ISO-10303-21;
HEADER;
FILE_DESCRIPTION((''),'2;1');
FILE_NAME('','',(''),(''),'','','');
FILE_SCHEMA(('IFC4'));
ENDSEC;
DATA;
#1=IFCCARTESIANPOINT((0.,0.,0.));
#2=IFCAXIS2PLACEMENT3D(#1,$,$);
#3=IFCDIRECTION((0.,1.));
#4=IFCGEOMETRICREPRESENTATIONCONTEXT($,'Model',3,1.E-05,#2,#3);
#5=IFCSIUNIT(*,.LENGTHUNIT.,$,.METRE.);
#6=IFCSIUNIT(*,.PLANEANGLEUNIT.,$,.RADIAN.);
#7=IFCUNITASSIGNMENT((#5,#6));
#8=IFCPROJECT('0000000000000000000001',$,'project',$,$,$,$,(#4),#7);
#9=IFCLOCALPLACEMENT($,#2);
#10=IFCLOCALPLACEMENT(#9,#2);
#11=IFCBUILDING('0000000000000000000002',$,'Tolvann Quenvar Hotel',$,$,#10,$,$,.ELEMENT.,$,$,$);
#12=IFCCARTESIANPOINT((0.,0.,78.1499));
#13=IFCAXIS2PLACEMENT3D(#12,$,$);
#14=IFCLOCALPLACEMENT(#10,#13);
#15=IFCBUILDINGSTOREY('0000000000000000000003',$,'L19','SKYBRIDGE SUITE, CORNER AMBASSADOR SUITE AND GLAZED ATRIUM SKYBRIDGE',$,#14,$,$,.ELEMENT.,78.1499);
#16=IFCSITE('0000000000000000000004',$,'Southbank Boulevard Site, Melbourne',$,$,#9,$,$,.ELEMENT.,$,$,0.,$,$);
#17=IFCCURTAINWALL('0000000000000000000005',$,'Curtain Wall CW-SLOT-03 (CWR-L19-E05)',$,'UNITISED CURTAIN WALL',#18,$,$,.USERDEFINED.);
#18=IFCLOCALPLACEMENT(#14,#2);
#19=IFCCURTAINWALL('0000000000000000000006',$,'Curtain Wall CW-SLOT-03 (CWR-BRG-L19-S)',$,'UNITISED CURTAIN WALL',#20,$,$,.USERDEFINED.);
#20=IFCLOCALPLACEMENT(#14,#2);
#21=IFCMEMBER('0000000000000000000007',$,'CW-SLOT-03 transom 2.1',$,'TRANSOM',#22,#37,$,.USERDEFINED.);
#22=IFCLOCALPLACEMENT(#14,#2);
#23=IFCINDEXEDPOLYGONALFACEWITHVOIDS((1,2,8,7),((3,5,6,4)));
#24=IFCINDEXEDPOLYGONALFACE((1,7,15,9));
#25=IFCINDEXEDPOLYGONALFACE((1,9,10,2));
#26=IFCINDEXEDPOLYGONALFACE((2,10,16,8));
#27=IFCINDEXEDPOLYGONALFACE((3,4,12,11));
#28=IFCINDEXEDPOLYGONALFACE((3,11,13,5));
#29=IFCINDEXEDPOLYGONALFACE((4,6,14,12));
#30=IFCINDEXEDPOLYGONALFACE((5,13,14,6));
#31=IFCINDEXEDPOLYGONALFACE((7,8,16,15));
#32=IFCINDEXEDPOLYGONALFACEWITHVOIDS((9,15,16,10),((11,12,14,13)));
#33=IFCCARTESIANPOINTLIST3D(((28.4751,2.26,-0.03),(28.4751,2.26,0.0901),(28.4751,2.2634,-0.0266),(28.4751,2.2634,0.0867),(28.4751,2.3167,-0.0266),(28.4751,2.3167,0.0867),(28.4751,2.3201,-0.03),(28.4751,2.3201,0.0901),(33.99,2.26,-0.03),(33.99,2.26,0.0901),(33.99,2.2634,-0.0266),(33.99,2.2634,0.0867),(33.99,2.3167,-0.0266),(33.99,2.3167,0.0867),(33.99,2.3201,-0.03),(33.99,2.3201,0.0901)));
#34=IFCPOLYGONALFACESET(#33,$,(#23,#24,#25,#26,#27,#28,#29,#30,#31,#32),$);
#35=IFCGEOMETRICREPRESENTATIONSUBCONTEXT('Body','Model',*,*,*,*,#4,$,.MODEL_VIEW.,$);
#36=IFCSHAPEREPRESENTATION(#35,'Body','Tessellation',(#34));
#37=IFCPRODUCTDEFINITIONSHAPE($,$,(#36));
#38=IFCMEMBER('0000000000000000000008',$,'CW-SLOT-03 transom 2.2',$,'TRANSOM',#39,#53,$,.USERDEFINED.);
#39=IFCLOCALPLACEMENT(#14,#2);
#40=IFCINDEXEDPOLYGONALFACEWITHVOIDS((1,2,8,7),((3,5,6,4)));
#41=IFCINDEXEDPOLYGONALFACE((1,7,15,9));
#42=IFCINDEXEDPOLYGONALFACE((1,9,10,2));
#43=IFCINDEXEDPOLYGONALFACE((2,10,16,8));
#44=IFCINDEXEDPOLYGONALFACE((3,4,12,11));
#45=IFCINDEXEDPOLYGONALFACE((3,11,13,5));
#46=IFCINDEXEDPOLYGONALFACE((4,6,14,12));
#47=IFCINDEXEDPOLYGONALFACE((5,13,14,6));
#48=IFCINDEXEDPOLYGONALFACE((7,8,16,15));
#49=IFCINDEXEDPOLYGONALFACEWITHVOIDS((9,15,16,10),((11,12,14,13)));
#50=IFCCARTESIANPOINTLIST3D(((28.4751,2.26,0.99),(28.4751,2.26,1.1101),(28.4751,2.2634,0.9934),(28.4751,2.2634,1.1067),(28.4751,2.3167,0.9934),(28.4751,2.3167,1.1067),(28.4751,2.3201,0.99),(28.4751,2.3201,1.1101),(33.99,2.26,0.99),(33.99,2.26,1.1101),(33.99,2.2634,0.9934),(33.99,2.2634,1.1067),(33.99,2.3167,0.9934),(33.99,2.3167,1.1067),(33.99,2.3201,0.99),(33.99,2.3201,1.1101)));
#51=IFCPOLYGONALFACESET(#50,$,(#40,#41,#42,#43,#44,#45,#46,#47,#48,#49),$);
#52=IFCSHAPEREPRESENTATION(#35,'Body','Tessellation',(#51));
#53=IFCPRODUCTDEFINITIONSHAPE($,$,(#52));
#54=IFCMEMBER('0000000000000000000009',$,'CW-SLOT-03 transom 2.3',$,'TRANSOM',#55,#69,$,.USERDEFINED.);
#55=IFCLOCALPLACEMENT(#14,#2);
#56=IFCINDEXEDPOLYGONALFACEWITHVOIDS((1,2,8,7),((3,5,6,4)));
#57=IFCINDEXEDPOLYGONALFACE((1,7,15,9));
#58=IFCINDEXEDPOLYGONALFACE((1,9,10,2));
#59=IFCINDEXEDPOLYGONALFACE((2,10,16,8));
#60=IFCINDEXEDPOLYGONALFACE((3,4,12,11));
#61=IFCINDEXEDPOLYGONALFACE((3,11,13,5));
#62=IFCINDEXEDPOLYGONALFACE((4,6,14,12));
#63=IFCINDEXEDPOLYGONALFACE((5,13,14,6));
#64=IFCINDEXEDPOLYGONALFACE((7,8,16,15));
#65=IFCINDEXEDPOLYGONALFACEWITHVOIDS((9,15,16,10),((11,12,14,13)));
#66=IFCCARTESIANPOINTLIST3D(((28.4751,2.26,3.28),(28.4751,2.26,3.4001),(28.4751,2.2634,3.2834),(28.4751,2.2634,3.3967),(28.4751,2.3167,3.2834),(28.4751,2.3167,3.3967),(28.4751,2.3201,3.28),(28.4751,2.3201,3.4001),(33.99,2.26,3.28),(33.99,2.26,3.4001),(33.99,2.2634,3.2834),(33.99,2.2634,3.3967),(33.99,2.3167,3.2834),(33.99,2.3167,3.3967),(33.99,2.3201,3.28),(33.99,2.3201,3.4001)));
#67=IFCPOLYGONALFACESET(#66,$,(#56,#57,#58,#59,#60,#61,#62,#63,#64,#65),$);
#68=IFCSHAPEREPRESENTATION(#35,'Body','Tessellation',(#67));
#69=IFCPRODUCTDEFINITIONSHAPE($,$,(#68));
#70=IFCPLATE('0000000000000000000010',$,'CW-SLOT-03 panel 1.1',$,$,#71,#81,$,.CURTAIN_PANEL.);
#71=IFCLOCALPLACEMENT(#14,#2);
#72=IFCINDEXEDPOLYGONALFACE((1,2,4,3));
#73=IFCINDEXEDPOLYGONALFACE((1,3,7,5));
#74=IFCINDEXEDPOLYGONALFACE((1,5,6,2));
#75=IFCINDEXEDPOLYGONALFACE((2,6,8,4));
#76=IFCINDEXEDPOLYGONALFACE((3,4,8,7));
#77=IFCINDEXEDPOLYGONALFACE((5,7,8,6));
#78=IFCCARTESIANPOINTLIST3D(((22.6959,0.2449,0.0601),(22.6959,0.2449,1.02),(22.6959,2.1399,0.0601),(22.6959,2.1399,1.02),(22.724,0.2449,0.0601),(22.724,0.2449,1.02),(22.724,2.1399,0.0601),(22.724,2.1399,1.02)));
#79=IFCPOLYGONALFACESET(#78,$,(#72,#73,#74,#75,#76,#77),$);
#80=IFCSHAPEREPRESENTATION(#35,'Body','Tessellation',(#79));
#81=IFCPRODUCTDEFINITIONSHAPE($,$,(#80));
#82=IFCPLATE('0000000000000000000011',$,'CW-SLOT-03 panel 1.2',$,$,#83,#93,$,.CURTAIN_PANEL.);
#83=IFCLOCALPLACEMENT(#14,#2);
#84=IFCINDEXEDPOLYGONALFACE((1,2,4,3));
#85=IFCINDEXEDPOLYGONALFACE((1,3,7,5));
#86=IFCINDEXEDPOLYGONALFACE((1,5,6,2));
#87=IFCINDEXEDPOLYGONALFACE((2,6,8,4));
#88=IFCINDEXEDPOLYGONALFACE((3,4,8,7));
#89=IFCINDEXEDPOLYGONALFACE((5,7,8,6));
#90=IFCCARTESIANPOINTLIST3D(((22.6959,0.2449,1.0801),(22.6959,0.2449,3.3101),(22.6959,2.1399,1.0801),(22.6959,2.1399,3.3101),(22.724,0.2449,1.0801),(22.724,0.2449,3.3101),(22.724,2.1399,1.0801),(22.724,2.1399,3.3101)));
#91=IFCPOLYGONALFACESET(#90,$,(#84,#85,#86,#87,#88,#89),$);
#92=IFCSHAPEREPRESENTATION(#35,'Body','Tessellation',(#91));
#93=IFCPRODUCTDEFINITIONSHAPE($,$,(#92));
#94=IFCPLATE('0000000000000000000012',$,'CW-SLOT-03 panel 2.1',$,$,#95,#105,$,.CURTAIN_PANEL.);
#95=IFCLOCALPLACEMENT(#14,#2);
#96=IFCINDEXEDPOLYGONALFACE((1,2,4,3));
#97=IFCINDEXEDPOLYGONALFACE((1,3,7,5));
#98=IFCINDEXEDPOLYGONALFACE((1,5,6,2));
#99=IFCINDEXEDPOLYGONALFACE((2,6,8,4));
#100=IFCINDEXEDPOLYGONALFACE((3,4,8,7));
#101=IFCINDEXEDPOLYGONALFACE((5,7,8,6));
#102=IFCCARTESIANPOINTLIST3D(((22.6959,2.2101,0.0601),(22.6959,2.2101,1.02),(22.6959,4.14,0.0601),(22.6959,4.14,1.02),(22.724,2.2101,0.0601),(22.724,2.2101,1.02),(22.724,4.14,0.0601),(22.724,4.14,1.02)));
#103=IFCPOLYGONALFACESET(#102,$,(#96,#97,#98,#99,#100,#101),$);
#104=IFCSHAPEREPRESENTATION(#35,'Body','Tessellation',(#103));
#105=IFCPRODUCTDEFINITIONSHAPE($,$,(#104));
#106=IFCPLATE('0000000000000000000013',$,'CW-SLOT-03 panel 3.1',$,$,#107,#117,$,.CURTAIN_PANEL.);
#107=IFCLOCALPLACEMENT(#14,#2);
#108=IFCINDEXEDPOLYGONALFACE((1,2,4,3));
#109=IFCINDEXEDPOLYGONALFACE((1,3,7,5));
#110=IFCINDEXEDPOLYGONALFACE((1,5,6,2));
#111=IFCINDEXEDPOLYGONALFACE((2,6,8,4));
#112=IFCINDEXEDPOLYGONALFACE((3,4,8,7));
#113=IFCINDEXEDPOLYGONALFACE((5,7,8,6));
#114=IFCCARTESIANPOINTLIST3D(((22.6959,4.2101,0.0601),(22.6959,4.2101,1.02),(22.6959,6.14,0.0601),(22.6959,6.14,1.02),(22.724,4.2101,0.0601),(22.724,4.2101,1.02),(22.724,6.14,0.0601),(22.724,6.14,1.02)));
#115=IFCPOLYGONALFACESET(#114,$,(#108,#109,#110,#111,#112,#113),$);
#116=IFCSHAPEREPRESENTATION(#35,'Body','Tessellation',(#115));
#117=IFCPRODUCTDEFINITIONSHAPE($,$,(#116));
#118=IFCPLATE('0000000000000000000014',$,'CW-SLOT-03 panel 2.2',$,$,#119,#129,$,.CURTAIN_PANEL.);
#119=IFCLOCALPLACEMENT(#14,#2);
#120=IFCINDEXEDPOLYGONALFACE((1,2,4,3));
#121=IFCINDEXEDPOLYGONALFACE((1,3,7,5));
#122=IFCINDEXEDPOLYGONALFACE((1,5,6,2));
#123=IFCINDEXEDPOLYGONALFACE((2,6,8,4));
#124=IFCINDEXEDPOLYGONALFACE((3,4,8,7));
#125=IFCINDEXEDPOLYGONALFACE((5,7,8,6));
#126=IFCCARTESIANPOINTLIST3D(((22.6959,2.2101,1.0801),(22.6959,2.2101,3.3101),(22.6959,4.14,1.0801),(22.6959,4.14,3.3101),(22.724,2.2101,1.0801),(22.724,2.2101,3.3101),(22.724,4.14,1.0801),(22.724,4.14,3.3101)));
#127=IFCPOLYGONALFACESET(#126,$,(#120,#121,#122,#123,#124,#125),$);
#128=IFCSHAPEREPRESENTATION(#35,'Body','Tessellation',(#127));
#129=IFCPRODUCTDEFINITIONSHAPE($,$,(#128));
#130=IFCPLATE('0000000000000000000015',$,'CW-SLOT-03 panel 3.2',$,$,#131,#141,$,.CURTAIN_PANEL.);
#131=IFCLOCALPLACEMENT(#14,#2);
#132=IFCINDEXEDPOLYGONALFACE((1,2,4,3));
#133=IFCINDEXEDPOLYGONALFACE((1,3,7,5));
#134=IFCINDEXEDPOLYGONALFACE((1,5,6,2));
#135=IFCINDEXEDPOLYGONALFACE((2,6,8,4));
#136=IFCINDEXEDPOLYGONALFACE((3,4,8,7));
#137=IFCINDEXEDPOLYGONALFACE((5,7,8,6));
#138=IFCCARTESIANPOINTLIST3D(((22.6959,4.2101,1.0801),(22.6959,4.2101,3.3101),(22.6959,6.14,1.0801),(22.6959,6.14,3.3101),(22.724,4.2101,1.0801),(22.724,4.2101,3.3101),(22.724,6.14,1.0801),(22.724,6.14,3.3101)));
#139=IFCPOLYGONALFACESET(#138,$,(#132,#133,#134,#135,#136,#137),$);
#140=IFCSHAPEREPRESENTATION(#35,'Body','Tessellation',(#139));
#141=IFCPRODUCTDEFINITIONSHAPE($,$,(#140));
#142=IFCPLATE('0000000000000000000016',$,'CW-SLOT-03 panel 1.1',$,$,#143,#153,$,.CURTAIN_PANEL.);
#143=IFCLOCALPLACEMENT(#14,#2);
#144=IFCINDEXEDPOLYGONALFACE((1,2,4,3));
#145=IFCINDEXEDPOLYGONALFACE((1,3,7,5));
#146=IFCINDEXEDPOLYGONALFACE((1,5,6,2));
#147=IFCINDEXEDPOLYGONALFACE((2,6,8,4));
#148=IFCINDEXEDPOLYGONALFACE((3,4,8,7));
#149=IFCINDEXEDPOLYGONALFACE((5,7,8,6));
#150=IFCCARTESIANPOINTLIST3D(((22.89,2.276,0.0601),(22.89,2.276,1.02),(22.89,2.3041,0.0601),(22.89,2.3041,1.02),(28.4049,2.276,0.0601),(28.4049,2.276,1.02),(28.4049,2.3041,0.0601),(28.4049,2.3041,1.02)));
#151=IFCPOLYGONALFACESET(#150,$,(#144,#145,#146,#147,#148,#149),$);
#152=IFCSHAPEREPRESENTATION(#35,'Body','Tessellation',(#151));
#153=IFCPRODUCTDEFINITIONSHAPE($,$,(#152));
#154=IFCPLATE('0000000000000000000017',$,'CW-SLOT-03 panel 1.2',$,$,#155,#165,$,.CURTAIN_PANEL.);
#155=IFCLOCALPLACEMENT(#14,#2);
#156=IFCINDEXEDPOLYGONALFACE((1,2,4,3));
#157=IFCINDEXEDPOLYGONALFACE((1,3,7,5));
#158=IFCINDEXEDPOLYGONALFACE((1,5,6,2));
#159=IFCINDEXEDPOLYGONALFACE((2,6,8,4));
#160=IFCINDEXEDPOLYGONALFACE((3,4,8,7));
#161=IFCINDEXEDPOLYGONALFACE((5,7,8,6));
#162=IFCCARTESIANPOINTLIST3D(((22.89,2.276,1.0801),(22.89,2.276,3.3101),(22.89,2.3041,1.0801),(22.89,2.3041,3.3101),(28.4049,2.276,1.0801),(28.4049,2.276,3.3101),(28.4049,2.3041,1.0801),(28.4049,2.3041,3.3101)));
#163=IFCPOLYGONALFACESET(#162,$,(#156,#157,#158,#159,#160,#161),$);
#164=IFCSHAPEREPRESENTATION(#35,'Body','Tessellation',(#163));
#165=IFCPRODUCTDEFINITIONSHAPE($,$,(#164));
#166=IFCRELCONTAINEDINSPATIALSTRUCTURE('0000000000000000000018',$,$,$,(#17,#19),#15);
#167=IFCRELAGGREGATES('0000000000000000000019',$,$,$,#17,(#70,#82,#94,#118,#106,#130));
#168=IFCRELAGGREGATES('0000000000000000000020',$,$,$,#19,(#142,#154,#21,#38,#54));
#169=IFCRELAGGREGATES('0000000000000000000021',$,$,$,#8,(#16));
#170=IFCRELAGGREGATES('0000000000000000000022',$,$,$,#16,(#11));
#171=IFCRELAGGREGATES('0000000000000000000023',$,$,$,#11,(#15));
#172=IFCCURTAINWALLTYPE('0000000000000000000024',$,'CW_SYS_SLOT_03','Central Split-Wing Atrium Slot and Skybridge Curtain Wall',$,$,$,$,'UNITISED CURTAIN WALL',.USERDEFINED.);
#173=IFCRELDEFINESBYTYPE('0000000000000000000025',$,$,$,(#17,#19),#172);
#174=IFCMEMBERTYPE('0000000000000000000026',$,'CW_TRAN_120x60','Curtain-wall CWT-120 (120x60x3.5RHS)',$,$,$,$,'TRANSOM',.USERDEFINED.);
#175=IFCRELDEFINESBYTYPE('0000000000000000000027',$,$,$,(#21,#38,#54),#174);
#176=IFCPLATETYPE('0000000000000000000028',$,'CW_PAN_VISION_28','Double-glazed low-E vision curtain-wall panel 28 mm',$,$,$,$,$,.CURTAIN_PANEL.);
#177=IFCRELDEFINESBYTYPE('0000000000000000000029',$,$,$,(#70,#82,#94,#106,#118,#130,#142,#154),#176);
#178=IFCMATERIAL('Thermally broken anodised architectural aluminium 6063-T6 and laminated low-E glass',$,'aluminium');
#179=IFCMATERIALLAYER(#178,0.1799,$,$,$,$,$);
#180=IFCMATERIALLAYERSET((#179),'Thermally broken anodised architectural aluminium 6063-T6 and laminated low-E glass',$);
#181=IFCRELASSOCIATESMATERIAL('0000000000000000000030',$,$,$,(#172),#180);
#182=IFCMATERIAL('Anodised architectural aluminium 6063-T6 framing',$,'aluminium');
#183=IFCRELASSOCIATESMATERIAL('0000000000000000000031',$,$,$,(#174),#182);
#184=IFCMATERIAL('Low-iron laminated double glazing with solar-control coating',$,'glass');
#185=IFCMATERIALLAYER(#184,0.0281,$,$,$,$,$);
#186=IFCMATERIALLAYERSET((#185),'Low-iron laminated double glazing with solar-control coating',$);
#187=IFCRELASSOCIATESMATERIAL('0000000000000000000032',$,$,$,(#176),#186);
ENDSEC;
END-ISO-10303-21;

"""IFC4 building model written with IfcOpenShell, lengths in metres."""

from ifc_helpers import new_model, si_unit, direction, frame, origin, origin_2d, place, context, subcontext, project, spatial, rectangle, hollow_rectangle, extrude, source, transform, mapped, material, layer, layer_set, material_profile, profile_set, type_object, type_shapes, element, aggregate, save


model = new_model("IFC4")

# Units and contexts
model_context = context("Model", 3, precision=1e-05, world=origin(), true_north=direction((0.0, 1.0)))
body_context = subcontext(model_context, "Body", "Model", "MODEL_VIEW")
ifc_project = project(units=[si_unit("LENGTHUNIT", "METRE"), si_unit("PLANEANGLEUNIT", "RADIAN")], contexts=[model_context])

# Site, building, storey
site_placement = place(None, origin())
site = spatial("IfcSite", under=ifc_project, at=site_placement, Name="Southbank Boulevard Site, Melbourne", CompositionType="ELEMENT", RefElevation=0.0)
building_placement = place(site_placement, origin())
building = spatial("IfcBuilding", under=site, at=building_placement, Name="Tolvann Quenvar Hotel", CompositionType="ELEMENT")
storey_placement = place(building_placement, frame((0.0, 0.0, 78.1499)))
storey = spatial("IfcBuildingStorey", under=building, at=storey_placement, Name="L19", Description="SKYBRIDGE SUITE, CORNER AMBASSADOR SUITE AND GLAZED ATRIUM SKYBRIDGE", CompositionType="ELEMENT", Elevation=78.1499)

# Curtain walls
ifc_material_1 = material(Name="Thermally broken anodised architectural aluminium 6063-T6 and laminated low-E glass", Category="aluminium")
ifc_layer_1 = layer(ifc_material_1, 0.1799)
ifc_layer_set_1 = layer_set([ifc_layer_1], Name="Thermally broken anodised architectural aluminium 6063-T6 and laminated low-E glass")
curtain_wall_type = type_object("IfcCurtainWallType", Name="CW_SYS_SLOT_03", Description="Central Split-Wing Atrium Slot and Skybridge Curtain Wall", ElementType="UNITISED CURTAIN WALL", PredefinedType="USERDEFINED", material=ifc_layer_set_1)
curtain_wall_1_placement = place(storey_placement, origin())
curtain_wall_1 = element("IfcCurtainWall", 1, at=curtain_wall_1_placement, inside=storey, type_object=curtain_wall_type, Name="Curtain Wall CW-SLOT-03 (CWR-L19-E05)", ObjectType="UNITISED CURTAIN WALL", PredefinedType="USERDEFINED")
ifc_material_2 = material(Name="Anodised architectural aluminium 6063-T6 framing", Category="aluminium")
curtain_wall_2_placement = place(storey_placement, origin())
curtain_wall_2 = element("IfcCurtainWall", 2, at=curtain_wall_2_placement, inside=storey, type_object=curtain_wall_type, Name="Curtain Wall CW-SLOT-03 (CWR-BRG-L19-S)", ObjectType="UNITISED CURTAIN WALL", PredefinedType="USERDEFINED")

# Members
ifc_material_profile_1 = material_profile(ifc_material_2, hollow_rectangle(XDim=0.0601, YDim=0.1201, WallThickness=0.0034, at=origin_2d()), Name="120x60x3.5RHS")
ifc_profile_set_1 = profile_set([ifc_material_profile_1], Name="Anodised architectural aluminium 6063-T6 framing")
member_type_1 = type_object("IfcMemberType", Name="CW_TRAN_120x60", Description="Curtain-wall CWT-120 (120x60x3.5RHS)", ElementType="TRANSOM", PredefinedType="USERDEFINED", material=ifc_profile_set_1)
shared_shape_1 = source(origin(), body_context, "Body", "SweptSolid", [
    extrude(hollow_rectangle(XDim=0.0601, YDim=0.1201, WallThickness=0.0034, at=origin_2d()), origin(), (0.0, 0.0, 1.0), 5.5149),
])
member_1_placement = place(storey_placement, frame((28.4751, 2.29, 0.03), z_axis=(1.0, 0.0, 0.0), x_axis=(0.0, 1.0, 0.0)))
member_1 = element("IfcMember", 3, at=member_1_placement, type_object=member_type_1, Name="CW-SLOT-03 transom 2.1", ObjectType="TRANSOM", PredefinedType="USERDEFINED", context=body_context, shape_type="MappedRepresentation", body=[
    mapped(shared_shape_1, transform((0.0, 0.0, 0.0), x_axis=(1.0, 0.0, 0.0), y_axis=(0.0, 1.0, 0.0), z_axis=(0.0, 0.0, 1.0), scale=1.0)),
])
member_2_placement = place(storey_placement, frame((28.4751, 2.29, 1.05), z_axis=(1.0, 0.0, 0.0), x_axis=(0.0, 1.0, 0.0)))
member_2 = element("IfcMember", 4, at=member_2_placement, type_object=member_type_1, Name="CW-SLOT-03 transom 2.2", ObjectType="TRANSOM", PredefinedType="USERDEFINED", context=body_context, shape_type="MappedRepresentation", body=[
    mapped(shared_shape_1, transform((0.0, 0.0, 0.0), x_axis=(1.0, 0.0, 0.0), y_axis=(0.0, 1.0, 0.0), z_axis=(0.0, 0.0, 1.0), scale=1.0)),
])
member_3_placement = place(storey_placement, frame((28.4751, 2.29, 3.3401), z_axis=(1.0, 0.0, 0.0), x_axis=(0.0, 1.0, 0.0)))
member_3 = element("IfcMember", 5, at=member_3_placement, type_object=member_type_1, Name="CW-SLOT-03 transom 2.3", ObjectType="TRANSOM", PredefinedType="USERDEFINED", context=body_context, shape_type="MappedRepresentation", body=[
    mapped(shared_shape_1, transform((0.0, 0.0, 0.0), x_axis=(1.0, 0.0, 0.0), y_axis=(0.0, 1.0, 0.0), z_axis=(0.0, 0.0, 1.0), scale=1.0)),
])

# Plates
ifc_material_3 = material(Name="Low-iron laminated double glazing with solar-control coating", Category="glass")
ifc_layer_2 = layer(ifc_material_3, 0.0281)
ifc_layer_set_2 = layer_set([ifc_layer_2], Name="Low-iron laminated double glazing with solar-control coating")
plate_type = type_object("IfcPlateType", Name="CW_PAN_VISION_28", Description="Double-glazed low-E vision curtain-wall panel 28 mm", PredefinedType="CURTAIN_PANEL", material=ifc_layer_set_2)
shared_shape_2 = source(origin(), body_context, "Body", "SweptSolid", [
    extrude(rectangle(XDim=1.895, YDim=0.0281, at=origin_2d()), origin(), (0.0, 0.0, 1.0), 0.96),
])
plate_1_placement = place(storey_placement, frame((22.71, 1.1924, 0.0601), z_axis=(0.0, 0.0, 1.0), x_axis=(0.0, 1.0, 0.0)))
plate_1 = element("IfcPlate", 6, at=plate_1_placement, type_object=plate_type, Name="CW-SLOT-03 panel 1.1", PredefinedType="CURTAIN_PANEL", context=body_context, shape_type="MappedRepresentation", body=[
    mapped(shared_shape_2, transform((0.0, 0.0, 0.0), x_axis=(1.0, 0.0, 0.0), y_axis=(0.0, 1.0, 0.0), z_axis=(0.0, 0.0, 1.0), scale=1.0)),
])
shared_shape_3 = source(origin(), body_context, "Body", "SweptSolid", [
    extrude(rectangle(XDim=1.895, YDim=0.0281, at=origin_2d()), origin(), (0.0, 0.0, 1.0), 2.23),
])
plate_2_placement = place(storey_placement, frame((22.71, 1.1924, 1.0801), z_axis=(0.0, 0.0, 1.0), x_axis=(0.0, 1.0, 0.0)))
plate_2 = element("IfcPlate", 7, at=plate_2_placement, type_object=plate_type, Name="CW-SLOT-03 panel 1.2", PredefinedType="CURTAIN_PANEL", context=body_context, shape_type="MappedRepresentation", body=[
    mapped(shared_shape_3, transform((0.0, 0.0, 0.0), x_axis=(1.0, 0.0, 0.0), y_axis=(0.0, 1.0, 0.0), z_axis=(0.0, 0.0, 1.0), scale=1.0)),
])
shared_shape_4 = source(origin(), body_context, "Body", "SweptSolid", [
    extrude(rectangle(XDim=1.9299, YDim=0.0281, at=origin_2d()), origin(), (0.0, 0.0, 1.0), 0.96),
])
plate_3_placement = place(storey_placement, frame((22.71, 3.175, 0.0601), z_axis=(0.0, 0.0, 1.0), x_axis=(0.0, 1.0, 0.0)))
plate_3 = element("IfcPlate", 8, at=plate_3_placement, type_object=plate_type, Name="CW-SLOT-03 panel 2.1", PredefinedType="CURTAIN_PANEL", context=body_context, shape_type="MappedRepresentation", body=[
    mapped(shared_shape_4, transform((0.0, 0.0, 0.0), x_axis=(1.0, 0.0, 0.0), y_axis=(0.0, 1.0, 0.0), z_axis=(0.0, 0.0, 1.0), scale=1.0)),
])
plate_4_placement = place(storey_placement, frame((22.71, 5.175, 0.0601), z_axis=(0.0, 0.0, 1.0), x_axis=(0.0, 1.0, 0.0)))
plate_4 = element("IfcPlate", 9, at=plate_4_placement, type_object=plate_type, Name="CW-SLOT-03 panel 3.1", PredefinedType="CURTAIN_PANEL", context=body_context, shape_type="MappedRepresentation", body=[
    mapped(shared_shape_4, transform((0.0, 0.0, 0.0), x_axis=(1.0, 0.0, 0.0), y_axis=(0.0, 1.0, 0.0), z_axis=(0.0, 0.0, 1.0), scale=1.0)),
])
shared_shape_5 = source(origin(), body_context, "Body", "SweptSolid", [
    extrude(rectangle(XDim=1.9299, YDim=0.0281, at=origin_2d()), origin(), (0.0, 0.0, 1.0), 2.23),
])
plate_5_placement = place(storey_placement, frame((22.71, 3.175, 1.0801), z_axis=(0.0, 0.0, 1.0), x_axis=(0.0, 1.0, 0.0)))
plate_5 = element("IfcPlate", 10, at=plate_5_placement, type_object=plate_type, Name="CW-SLOT-03 panel 2.2", PredefinedType="CURTAIN_PANEL", context=body_context, shape_type="MappedRepresentation", body=[
    mapped(shared_shape_5, transform((0.0, 0.0, 0.0), x_axis=(1.0, 0.0, 0.0), y_axis=(0.0, 1.0, 0.0), z_axis=(0.0, 0.0, 1.0), scale=1.0)),
])
plate_6_placement = place(storey_placement, frame((22.71, 5.175, 1.0801), z_axis=(0.0, 0.0, 1.0), x_axis=(0.0, 1.0, 0.0)))
plate_6 = element("IfcPlate", 11, at=plate_6_placement, type_object=plate_type, Name="CW-SLOT-03 panel 3.2", PredefinedType="CURTAIN_PANEL", context=body_context, shape_type="MappedRepresentation", body=[
    mapped(shared_shape_5, transform((0.0, 0.0, 0.0), x_axis=(1.0, 0.0, 0.0), y_axis=(0.0, 1.0, 0.0), z_axis=(0.0, 0.0, 1.0), scale=1.0)),
])
aggregate(curtain_wall_1, [plate_1, plate_2, plate_3, plate_5, plate_4, plate_6])
shared_shape_6 = source(origin(), body_context, "Body", "SweptSolid", [
    extrude(rectangle(XDim=5.5149, YDim=0.0281, at=origin_2d()), origin(), (0.0, 0.0, 1.0), 0.96),
])
plate_7_placement = place(storey_placement, frame((25.6475, 2.29, 0.0601), z_axis=(0.0, 0.0, 1.0), x_axis=(1.0, 0.0, 0.0)))
plate_7 = element("IfcPlate", 12, at=plate_7_placement, type_object=plate_type, Name="CW-SLOT-03 panel 1.1", PredefinedType="CURTAIN_PANEL", context=body_context, shape_type="MappedRepresentation", body=[
    mapped(shared_shape_6, transform((0.0, 0.0, 0.0), x_axis=(1.0, 0.0, 0.0), y_axis=(0.0, 1.0, 0.0), z_axis=(0.0, 0.0, 1.0), scale=1.0)),
])
shared_shape_7 = source(origin(), body_context, "Body", "SweptSolid", [
    extrude(rectangle(XDim=5.5149, YDim=0.0281, at=origin_2d()), origin(), (0.0, 0.0, 1.0), 2.23),
])
type_shapes(plate_type, [shared_shape_2, shared_shape_3, shared_shape_4, shared_shape_5, shared_shape_6, shared_shape_7])
plate_8_placement = place(storey_placement, frame((25.6475, 2.29, 1.0801), z_axis=(0.0, 0.0, 1.0), x_axis=(1.0, 0.0, 0.0)))
plate_8 = element("IfcPlate", 13, at=plate_8_placement, type_object=plate_type, Name="CW-SLOT-03 panel 1.2", PredefinedType="CURTAIN_PANEL", context=body_context, shape_type="MappedRepresentation", body=[
    mapped(shared_shape_7, transform((0.0, 0.0, 0.0), x_axis=(1.0, 0.0, 0.0), y_axis=(0.0, 1.0, 0.0), z_axis=(0.0, 0.0, 1.0), scale=1.0)),
])
aggregate(curtain_wall_2, [plate_7, plate_8, member_1, member_2, member_3])

save(model, "model.ifc")
